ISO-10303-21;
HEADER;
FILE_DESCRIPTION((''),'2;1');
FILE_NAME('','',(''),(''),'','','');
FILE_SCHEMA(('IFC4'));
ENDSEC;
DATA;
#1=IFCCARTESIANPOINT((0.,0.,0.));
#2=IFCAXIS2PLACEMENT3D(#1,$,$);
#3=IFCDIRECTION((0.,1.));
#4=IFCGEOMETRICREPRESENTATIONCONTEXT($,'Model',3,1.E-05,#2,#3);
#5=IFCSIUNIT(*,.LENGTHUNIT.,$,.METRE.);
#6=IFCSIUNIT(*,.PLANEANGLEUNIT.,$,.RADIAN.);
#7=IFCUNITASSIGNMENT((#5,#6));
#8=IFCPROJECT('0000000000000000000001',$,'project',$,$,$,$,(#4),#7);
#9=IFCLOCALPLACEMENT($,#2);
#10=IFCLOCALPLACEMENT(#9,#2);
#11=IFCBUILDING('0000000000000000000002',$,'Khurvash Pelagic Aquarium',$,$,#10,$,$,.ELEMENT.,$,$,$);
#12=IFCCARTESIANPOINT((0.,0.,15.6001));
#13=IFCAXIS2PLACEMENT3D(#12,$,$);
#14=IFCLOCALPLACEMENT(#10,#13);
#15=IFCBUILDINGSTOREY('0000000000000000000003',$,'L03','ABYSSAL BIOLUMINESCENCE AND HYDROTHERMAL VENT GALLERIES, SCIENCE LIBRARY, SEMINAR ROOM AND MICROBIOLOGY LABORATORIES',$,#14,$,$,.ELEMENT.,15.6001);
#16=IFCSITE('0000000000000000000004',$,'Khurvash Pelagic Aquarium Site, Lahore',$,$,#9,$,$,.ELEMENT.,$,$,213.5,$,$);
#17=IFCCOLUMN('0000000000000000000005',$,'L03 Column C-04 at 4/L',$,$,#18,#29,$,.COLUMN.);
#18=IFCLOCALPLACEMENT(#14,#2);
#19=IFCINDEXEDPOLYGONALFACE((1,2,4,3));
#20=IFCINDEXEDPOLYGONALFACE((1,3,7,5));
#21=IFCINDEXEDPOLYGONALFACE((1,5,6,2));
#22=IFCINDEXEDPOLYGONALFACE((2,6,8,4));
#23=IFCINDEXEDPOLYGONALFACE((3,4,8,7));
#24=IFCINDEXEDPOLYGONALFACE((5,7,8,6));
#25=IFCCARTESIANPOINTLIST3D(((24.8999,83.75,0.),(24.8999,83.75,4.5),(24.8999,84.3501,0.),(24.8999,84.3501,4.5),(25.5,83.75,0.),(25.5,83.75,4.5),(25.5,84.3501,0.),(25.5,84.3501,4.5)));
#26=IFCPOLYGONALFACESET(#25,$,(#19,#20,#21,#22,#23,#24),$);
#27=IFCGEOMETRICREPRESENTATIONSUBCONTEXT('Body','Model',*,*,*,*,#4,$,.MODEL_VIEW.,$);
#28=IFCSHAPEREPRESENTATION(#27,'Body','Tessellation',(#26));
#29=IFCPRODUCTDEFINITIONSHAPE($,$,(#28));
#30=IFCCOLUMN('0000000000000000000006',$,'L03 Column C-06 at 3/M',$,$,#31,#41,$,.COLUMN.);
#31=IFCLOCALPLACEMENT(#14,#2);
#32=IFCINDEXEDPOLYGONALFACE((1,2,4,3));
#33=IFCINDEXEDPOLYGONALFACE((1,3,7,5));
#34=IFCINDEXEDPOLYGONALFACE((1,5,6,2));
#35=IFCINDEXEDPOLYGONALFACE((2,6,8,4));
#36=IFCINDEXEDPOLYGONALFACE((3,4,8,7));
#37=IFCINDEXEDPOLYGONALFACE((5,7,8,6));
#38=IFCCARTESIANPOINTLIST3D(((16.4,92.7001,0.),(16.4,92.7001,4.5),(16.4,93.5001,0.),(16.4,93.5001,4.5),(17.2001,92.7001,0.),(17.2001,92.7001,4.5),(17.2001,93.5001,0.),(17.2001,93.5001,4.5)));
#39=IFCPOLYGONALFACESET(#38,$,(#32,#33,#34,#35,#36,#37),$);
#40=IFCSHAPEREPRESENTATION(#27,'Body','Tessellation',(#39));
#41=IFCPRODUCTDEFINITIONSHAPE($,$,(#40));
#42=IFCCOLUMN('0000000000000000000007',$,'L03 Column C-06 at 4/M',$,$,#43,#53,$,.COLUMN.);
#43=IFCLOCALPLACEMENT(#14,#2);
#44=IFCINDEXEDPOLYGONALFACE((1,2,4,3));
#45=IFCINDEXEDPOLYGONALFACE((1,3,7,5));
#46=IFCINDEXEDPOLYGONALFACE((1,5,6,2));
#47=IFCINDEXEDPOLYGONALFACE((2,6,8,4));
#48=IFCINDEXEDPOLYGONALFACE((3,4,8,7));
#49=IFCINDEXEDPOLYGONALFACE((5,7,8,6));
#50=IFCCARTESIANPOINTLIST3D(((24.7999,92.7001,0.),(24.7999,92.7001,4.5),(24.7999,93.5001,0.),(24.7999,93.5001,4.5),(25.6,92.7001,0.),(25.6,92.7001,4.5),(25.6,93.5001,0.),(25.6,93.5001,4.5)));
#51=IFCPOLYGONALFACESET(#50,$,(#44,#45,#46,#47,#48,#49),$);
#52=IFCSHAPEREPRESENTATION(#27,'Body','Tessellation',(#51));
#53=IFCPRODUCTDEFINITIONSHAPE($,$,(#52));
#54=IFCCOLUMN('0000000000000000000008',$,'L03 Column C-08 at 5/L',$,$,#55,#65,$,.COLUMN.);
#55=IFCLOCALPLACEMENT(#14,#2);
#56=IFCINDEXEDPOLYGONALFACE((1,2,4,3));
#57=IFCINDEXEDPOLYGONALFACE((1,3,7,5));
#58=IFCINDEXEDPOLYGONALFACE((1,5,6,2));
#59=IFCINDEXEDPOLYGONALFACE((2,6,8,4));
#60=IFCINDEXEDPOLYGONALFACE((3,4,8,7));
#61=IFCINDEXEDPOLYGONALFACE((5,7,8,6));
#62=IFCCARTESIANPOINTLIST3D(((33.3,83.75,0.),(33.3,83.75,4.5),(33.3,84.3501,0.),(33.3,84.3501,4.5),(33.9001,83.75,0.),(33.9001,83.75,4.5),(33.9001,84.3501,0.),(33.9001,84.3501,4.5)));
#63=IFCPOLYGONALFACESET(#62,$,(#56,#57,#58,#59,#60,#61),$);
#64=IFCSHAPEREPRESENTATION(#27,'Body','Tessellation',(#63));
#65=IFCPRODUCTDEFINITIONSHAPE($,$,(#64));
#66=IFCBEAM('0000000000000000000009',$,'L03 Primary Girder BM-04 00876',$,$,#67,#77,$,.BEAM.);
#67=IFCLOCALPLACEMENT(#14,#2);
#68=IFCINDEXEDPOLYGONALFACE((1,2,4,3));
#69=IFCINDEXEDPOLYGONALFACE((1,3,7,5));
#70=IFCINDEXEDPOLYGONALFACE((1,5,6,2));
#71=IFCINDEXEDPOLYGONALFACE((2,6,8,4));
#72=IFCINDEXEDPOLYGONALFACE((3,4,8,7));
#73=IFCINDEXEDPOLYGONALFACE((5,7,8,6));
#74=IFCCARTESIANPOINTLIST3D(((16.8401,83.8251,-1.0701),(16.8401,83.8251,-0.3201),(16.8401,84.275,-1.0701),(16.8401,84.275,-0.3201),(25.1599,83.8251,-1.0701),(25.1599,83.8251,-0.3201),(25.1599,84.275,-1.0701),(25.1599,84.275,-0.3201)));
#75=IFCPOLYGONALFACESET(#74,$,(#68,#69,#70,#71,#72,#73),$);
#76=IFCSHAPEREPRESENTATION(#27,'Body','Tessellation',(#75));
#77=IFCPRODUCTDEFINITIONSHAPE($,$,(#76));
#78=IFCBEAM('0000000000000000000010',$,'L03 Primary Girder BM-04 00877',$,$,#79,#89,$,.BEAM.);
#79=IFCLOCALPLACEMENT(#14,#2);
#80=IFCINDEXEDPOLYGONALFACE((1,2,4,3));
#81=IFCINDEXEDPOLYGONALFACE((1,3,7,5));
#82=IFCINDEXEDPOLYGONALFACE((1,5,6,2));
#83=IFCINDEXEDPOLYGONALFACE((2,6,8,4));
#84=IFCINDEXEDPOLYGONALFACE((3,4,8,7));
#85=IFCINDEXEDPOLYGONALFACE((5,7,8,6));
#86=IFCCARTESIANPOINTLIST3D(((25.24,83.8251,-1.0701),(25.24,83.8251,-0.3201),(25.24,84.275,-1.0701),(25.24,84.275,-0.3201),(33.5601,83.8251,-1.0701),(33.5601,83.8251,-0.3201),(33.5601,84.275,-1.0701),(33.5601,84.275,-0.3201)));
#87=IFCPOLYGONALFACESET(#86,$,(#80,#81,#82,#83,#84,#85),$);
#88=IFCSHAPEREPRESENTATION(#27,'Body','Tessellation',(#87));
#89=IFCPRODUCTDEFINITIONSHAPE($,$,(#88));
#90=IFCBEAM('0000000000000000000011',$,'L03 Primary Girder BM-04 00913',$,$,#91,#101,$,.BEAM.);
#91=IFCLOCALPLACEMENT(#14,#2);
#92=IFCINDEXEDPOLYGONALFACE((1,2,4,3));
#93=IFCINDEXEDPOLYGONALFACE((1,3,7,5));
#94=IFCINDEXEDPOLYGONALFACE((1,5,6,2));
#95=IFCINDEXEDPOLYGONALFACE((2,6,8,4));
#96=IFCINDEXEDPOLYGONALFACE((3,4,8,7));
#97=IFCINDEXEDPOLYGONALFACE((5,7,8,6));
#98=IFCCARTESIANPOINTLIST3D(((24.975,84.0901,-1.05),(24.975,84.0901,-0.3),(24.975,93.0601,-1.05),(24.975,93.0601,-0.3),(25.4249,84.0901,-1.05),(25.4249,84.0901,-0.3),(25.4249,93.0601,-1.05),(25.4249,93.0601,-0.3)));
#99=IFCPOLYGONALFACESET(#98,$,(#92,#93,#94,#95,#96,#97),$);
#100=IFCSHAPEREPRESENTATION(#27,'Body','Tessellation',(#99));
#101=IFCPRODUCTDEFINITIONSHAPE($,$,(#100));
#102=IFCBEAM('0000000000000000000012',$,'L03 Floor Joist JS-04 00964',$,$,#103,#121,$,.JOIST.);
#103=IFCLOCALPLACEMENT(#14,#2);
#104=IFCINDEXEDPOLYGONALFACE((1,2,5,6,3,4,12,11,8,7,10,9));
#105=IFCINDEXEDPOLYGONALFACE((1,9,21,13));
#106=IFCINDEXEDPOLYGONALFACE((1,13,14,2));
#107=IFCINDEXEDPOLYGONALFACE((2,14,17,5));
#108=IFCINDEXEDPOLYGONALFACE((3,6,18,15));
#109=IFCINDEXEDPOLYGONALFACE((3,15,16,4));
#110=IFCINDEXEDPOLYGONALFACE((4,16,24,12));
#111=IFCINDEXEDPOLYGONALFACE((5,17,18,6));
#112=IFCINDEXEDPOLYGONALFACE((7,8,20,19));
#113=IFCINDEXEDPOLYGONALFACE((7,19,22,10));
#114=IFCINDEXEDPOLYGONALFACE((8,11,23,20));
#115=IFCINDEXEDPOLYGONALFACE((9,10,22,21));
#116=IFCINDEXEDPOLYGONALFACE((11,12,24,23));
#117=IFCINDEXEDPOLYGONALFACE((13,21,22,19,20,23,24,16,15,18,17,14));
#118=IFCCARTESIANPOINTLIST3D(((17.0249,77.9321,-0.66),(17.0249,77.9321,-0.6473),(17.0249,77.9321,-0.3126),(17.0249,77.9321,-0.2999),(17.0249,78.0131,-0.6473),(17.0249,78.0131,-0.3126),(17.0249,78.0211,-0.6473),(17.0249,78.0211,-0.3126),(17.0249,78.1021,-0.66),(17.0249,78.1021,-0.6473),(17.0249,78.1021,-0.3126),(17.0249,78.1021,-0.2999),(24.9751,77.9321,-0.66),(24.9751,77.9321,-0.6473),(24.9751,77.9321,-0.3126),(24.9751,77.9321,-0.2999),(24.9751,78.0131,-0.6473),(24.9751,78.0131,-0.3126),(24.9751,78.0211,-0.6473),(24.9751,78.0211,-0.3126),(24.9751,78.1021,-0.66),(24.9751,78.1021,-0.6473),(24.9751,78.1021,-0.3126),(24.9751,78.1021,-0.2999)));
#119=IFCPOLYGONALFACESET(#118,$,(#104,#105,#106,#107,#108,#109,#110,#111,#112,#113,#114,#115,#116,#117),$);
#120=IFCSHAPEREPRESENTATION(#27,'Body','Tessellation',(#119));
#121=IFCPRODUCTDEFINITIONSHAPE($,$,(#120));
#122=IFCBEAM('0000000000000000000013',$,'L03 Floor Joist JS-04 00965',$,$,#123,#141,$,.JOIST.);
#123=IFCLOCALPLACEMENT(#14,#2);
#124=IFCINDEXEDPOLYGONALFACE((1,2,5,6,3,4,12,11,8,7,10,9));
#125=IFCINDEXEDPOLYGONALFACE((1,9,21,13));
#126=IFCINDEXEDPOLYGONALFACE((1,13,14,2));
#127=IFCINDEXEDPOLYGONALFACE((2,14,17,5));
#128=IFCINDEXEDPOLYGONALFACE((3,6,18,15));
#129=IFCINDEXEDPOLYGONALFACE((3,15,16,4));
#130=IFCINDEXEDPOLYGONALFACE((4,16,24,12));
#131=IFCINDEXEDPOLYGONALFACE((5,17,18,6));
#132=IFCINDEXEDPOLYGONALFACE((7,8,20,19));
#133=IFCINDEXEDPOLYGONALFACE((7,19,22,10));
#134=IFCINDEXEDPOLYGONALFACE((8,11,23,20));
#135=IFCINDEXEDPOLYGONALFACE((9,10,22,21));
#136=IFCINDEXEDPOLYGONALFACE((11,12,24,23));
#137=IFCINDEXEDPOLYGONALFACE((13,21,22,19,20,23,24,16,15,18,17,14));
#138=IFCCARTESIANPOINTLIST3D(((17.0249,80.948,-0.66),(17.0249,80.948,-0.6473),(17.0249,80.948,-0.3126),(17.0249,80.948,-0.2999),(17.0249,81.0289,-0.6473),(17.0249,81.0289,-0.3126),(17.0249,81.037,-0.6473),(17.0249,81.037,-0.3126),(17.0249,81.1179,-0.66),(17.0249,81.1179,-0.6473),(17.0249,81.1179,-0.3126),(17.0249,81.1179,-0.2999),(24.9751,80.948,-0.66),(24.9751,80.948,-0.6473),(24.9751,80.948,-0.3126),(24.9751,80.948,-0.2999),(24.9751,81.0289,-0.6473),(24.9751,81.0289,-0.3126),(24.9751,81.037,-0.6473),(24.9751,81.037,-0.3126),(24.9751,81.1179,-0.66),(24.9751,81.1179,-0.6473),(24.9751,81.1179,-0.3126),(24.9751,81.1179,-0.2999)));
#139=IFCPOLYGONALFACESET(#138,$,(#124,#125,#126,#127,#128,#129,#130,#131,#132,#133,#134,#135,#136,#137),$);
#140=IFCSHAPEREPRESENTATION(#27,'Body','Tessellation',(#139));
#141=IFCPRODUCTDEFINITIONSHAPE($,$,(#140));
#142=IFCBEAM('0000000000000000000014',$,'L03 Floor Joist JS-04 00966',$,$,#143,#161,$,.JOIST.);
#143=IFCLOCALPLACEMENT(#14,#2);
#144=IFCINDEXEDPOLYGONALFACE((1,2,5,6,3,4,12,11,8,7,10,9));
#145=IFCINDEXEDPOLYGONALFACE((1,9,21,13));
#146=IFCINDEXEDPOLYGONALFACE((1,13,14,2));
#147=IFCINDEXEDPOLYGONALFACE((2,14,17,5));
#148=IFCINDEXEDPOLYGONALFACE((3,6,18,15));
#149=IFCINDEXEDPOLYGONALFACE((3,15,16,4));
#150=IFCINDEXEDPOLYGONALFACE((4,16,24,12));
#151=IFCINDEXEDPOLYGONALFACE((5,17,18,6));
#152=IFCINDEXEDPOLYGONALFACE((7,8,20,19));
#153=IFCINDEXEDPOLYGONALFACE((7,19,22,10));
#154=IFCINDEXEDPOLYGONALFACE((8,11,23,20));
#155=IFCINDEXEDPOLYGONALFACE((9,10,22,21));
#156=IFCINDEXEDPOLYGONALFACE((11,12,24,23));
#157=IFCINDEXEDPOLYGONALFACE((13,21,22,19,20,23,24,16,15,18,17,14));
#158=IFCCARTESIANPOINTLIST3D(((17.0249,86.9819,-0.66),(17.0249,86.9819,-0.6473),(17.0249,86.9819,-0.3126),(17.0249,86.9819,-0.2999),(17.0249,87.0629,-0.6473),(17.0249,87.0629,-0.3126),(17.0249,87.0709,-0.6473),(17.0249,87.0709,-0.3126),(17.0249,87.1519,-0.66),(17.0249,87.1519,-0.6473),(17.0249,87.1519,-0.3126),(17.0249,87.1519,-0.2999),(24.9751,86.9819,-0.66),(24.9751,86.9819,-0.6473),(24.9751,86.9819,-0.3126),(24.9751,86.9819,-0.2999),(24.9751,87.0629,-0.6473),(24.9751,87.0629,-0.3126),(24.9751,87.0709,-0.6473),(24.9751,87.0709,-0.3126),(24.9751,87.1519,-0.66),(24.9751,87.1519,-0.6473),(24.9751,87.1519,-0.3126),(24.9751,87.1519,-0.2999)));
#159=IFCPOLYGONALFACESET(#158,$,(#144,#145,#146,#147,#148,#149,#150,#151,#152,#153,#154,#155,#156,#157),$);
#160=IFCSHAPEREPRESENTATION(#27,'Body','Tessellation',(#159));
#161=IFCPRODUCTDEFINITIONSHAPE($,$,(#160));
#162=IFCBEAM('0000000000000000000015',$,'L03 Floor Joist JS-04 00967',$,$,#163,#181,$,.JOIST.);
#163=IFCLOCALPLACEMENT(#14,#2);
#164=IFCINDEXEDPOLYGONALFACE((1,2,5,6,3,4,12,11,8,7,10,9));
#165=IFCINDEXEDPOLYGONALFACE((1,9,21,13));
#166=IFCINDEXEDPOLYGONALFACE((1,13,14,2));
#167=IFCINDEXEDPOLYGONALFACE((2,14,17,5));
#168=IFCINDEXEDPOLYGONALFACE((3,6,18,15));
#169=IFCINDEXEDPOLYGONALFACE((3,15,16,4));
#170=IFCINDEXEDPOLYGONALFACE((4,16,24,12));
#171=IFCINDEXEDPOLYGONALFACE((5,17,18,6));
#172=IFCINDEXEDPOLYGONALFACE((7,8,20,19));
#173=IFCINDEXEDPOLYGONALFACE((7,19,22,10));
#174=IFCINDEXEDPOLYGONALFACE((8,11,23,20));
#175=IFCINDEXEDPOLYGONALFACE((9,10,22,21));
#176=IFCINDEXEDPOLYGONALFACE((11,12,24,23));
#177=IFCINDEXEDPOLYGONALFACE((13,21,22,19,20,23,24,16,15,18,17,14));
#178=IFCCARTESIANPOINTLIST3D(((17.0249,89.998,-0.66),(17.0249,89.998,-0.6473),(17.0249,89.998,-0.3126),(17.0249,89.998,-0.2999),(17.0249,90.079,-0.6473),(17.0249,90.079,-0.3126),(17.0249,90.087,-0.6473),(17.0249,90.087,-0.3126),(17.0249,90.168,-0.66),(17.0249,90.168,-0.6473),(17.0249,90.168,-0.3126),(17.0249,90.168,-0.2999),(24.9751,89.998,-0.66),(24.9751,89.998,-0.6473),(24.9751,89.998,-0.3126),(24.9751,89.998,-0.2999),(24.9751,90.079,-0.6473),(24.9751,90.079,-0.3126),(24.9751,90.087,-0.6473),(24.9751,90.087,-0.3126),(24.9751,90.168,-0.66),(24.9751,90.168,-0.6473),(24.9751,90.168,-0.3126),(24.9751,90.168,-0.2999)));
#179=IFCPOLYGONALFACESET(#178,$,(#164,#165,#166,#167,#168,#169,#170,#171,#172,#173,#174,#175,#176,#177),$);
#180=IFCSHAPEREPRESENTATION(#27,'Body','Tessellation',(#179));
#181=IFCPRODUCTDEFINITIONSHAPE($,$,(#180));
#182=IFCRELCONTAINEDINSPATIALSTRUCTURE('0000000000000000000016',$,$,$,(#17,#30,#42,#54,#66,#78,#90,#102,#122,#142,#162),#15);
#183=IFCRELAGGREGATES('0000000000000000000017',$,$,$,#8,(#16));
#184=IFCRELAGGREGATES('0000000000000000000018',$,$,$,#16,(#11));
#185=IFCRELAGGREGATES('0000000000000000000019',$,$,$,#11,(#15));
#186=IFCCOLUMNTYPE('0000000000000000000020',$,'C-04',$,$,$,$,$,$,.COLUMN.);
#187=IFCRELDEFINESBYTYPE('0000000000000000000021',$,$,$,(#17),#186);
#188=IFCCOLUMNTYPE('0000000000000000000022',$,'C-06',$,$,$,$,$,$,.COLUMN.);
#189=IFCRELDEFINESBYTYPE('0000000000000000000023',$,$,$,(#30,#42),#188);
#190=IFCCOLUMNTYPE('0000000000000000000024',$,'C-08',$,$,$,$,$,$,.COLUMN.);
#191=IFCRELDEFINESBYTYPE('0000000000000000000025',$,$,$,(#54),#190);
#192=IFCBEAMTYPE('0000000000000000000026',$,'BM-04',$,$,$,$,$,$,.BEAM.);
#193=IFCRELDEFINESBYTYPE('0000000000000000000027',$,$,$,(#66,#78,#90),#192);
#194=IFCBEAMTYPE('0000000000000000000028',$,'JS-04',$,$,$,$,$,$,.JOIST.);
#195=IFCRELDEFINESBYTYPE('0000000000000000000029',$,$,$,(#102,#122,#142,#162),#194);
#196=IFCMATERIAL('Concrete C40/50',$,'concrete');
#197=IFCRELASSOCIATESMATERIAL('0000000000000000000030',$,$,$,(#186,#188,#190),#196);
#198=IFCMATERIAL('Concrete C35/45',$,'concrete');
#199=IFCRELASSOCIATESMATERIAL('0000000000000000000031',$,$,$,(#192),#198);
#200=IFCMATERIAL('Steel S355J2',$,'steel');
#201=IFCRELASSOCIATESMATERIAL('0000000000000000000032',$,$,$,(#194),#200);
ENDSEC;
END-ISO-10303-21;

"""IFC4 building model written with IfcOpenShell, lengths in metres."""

from ifc_helpers import new_model, si_unit, direction, frame, origin, origin_2d, place, context, subcontext, project, spatial, rectangle, i_section, extrude, material, material_profile, profile_set, type_object, element, save


model = new_model("IFC4")

# Units and contexts
model_context = context("Model", 3, precision=1e-05, world=origin(), true_north=direction((0.0, 1.0)))
body_context = subcontext(model_context, "Body", "Model", "MODEL_VIEW")
ifc_project = project(units=[si_unit("LENGTHUNIT", "METRE"), si_unit("PLANEANGLEUNIT", "RADIAN")], contexts=[model_context])

# Site, building, storey
site_placement = place(None, origin())
site = spatial("IfcSite", under=ifc_project, at=site_placement, Name="Khurvash Pelagic Aquarium Site, Lahore", CompositionType="ELEMENT", RefElevation=213.5)
building_placement = place(site_placement, origin())
building = spatial("IfcBuilding", under=site, at=building_placement, Name="Khurvash Pelagic Aquarium", CompositionType="ELEMENT")
storey_placement = place(building_placement, frame((0.0, 0.0, 15.6001)))
storey = spatial("IfcBuildingStorey", under=building, at=storey_placement, Name="L03", Description="ABYSSAL BIOLUMINESCENCE AND HYDROTHERMAL VENT GALLERIES, SCIENCE LIBRARY, SEMINAR ROOM AND MICROBIOLOGY LABORATORIES", CompositionType="ELEMENT", Elevation=15.6001)

# Columns
ifc_material_1 = material(Name="Concrete C40/50", Category="concrete")
ifc_material_profile_1 = material_profile(ifc_material_1, rectangle(XDim=0.6001, YDim=0.6001, at=origin_2d()), Name="RC600X600")
ifc_profile_set_1 = profile_set([ifc_material_profile_1], Name="Concrete C40/50")
column_type_1 = type_object("IfcColumnType", Name="C-04", PredefinedType="COLUMN", material=ifc_profile_set_1)
column_1_placement = place(storey_placement, frame((25.2, 84.05, 0.0), z_axis=(0.0, 0.0, 1.0), x_axis=(1.0, 0.0, 0.0)))
element("IfcColumn", 1, at=column_1_placement, inside=storey, type_object=column_type_1, Name="L03 Column C-04 at 4/L", PredefinedType="COLUMN", context=body_context, shape_type="SweptSolid", body=[
    extrude(rectangle(XDim=0.6001, YDim=0.6001, at=origin_2d()), origin(), (0.0, 0.0, 1.0), 4.5),
])
ifc_material_profile_2 = material_profile(ifc_material_1, rectangle(XDim=0.8, YDim=0.8, at=origin_2d()), Name="RC800X800")
ifc_profile_set_2 = profile_set([ifc_material_profile_2], Name="Concrete C40/50")
column_type_2 = type_object("IfcColumnType", Name="C-06", PredefinedType="COLUMN", material=ifc_profile_set_2)
for number, where, z_axis, x_axis, name in (
    (2, (16.8, 93.1001, 0.0), (0.0, 0.0, 1.0), (1.0, 0.0, 0.0), "L03 Column C-06 at 3/M"),
    (3, (25.2, 93.1001, 0.0), (0.0, 0.0, 1.0), (1.0, 0.0, 0.0), "L03 Column C-06 at 4/M"),
):
    element("IfcColumn", number, at=place(storey_placement, frame(where, z_axis=z_axis, x_axis=x_axis)), inside=storey, type_object=column_type_2, Name=name, PredefinedType="COLUMN", context=body_context, shape_type="SweptSolid", body=[
        extrude(rectangle(XDim=0.8, YDim=0.8, at=origin_2d()), origin(), (0.0, 0.0, 1.0), 4.5),
    ])
ifc_material_profile_3 = material_profile(ifc_material_1, rectangle(XDim=0.6001, YDim=0.6001, at=origin_2d()), Name="RC600X600")
ifc_profile_set_3 = profile_set([ifc_material_profile_3], Name="Concrete C40/50")
column_type_3 = type_object("IfcColumnType", Name="C-08", PredefinedType="COLUMN", material=ifc_profile_set_3)
column_2_placement = place(storey_placement, frame((33.6001, 84.05, 0.0), z_axis=(0.0, 0.0, 1.0), x_axis=(1.0, 0.0, 0.0)))
element("IfcColumn", 4, at=column_2_placement, inside=storey, type_object=column_type_3, Name="L03 Column C-08 at 5/L", PredefinedType="COLUMN", context=body_context, shape_type="SweptSolid", body=[
    extrude(rectangle(XDim=0.6001, YDim=0.6001, at=origin_2d()), origin(), (0.0, 0.0, 1.0), 4.5),
])

# Beams
ifc_material_2 = material(Name="Concrete C35/45", Category="concrete")
ifc_material_profile_4 = material_profile(ifc_material_2, rectangle(XDim=0.45, YDim=0.75, at=origin_2d()), Name="RC450X750")
ifc_profile_set_4 = profile_set([ifc_material_profile_4], Name="Concrete C35/45")
beam_type_1 = type_object("IfcBeamType", Name="BM-04", PredefinedType="BEAM", material=ifc_profile_set_4)
beam_1_placement = place(storey_placement, frame((16.8401, 84.05, -0.6951), z_axis=(1.0, 0.0, 0.0), x_axis=(0.0, 1.0, 0.0)))
element("IfcBeam", 5, at=beam_1_placement, inside=storey, type_object=beam_type_1, Name="L03 Primary Girder BM-04 00876", PredefinedType="BEAM", context=body_context, shape_type="SweptSolid", body=[
    extrude(rectangle(XDim=0.45, YDim=0.75, at=origin_2d()), origin(), (0.0, 0.0, 1.0), 8.3198),
])
beam_2_placement = place(storey_placement, frame((25.24, 84.05, -0.6951), z_axis=(1.0, 0.0, 0.0), x_axis=(0.0, 1.0, 0.0)))
element("IfcBeam", 6, at=beam_2_placement, inside=storey, type_object=beam_type_1, Name="L03 Primary Girder BM-04 00877", PredefinedType="BEAM", context=body_context, shape_type="SweptSolid", body=[
    extrude(rectangle(XDim=0.45, YDim=0.75, at=origin_2d()), origin(), (0.0, 0.0, 1.0), 8.3201),
])
beam_3_placement = place(storey_placement, frame((25.2, 84.0901, -0.675), z_axis=(0.0, 1.0, 0.0), x_axis=(-1.0, 0.0, 0.0)))
element("IfcBeam", 7, at=beam_3_placement, inside=storey, type_object=beam_type_1, Name="L03 Primary Girder BM-04 00913", PredefinedType="BEAM", context=body_context, shape_type="SweptSolid", body=[
    extrude(rectangle(XDim=0.45, YDim=0.75, at=origin_2d()), origin(), (0.0, 0.0, 1.0), 8.97),
])
ifc_material_3 = material(Name="Steel S355J2", Category="steel")
ifc_material_profile_5 = material_profile(ifc_material_3, i_section(OverallWidth=0.1699, OverallDepth=0.3601, WebThickness=0.0081, FlangeThickness=0.0127, at=origin_2d()), Name="IPE360")
ifc_profile_set_5 = profile_set([ifc_material_profile_5], Name="Steel S355J2")
beam_type_2 = type_object("IfcBeamType", Name="JS-04", PredefinedType="JOIST", material=ifc_profile_set_5)
for number, where, z_axis, x_axis, name in (
    (8, (17.0249, 78.0171, -0.48), (1.0, 0.0, 0.0), (0.0, 1.0, 0.0), "L03 Floor Joist JS-04 00964"),
    (9, (17.0249, 81.033, -0.48), (1.0, 0.0, 0.0), (0.0, 1.0, 0.0), "L03 Floor Joist JS-04 00965"),
    (10, (17.0249, 87.0669, -0.48), (1.0, 0.0, 0.0), (0.0, 1.0, 0.0), "L03 Floor Joist JS-04 00966"),
    (11, (17.0249, 90.083, -0.48), (1.0, 0.0, 0.0), (0.0, 1.0, 0.0), "L03 Floor Joist JS-04 00967"),
):
    element("IfcBeam", number, at=place(storey_placement, frame(where, z_axis=z_axis, x_axis=x_axis)), inside=storey, type_object=beam_type_2, Name=name, PredefinedType="JOIST", context=body_context, shape_type="SweptSolid", body=[
        extrude(i_section(OverallWidth=0.1699, OverallDepth=0.3601, WebThickness=0.0081, FlangeThickness=0.0127, at=origin_2d()), origin(), (0.0, 0.0, 1.0), 7.9502),
    ])

save(model, "model.ifc")
